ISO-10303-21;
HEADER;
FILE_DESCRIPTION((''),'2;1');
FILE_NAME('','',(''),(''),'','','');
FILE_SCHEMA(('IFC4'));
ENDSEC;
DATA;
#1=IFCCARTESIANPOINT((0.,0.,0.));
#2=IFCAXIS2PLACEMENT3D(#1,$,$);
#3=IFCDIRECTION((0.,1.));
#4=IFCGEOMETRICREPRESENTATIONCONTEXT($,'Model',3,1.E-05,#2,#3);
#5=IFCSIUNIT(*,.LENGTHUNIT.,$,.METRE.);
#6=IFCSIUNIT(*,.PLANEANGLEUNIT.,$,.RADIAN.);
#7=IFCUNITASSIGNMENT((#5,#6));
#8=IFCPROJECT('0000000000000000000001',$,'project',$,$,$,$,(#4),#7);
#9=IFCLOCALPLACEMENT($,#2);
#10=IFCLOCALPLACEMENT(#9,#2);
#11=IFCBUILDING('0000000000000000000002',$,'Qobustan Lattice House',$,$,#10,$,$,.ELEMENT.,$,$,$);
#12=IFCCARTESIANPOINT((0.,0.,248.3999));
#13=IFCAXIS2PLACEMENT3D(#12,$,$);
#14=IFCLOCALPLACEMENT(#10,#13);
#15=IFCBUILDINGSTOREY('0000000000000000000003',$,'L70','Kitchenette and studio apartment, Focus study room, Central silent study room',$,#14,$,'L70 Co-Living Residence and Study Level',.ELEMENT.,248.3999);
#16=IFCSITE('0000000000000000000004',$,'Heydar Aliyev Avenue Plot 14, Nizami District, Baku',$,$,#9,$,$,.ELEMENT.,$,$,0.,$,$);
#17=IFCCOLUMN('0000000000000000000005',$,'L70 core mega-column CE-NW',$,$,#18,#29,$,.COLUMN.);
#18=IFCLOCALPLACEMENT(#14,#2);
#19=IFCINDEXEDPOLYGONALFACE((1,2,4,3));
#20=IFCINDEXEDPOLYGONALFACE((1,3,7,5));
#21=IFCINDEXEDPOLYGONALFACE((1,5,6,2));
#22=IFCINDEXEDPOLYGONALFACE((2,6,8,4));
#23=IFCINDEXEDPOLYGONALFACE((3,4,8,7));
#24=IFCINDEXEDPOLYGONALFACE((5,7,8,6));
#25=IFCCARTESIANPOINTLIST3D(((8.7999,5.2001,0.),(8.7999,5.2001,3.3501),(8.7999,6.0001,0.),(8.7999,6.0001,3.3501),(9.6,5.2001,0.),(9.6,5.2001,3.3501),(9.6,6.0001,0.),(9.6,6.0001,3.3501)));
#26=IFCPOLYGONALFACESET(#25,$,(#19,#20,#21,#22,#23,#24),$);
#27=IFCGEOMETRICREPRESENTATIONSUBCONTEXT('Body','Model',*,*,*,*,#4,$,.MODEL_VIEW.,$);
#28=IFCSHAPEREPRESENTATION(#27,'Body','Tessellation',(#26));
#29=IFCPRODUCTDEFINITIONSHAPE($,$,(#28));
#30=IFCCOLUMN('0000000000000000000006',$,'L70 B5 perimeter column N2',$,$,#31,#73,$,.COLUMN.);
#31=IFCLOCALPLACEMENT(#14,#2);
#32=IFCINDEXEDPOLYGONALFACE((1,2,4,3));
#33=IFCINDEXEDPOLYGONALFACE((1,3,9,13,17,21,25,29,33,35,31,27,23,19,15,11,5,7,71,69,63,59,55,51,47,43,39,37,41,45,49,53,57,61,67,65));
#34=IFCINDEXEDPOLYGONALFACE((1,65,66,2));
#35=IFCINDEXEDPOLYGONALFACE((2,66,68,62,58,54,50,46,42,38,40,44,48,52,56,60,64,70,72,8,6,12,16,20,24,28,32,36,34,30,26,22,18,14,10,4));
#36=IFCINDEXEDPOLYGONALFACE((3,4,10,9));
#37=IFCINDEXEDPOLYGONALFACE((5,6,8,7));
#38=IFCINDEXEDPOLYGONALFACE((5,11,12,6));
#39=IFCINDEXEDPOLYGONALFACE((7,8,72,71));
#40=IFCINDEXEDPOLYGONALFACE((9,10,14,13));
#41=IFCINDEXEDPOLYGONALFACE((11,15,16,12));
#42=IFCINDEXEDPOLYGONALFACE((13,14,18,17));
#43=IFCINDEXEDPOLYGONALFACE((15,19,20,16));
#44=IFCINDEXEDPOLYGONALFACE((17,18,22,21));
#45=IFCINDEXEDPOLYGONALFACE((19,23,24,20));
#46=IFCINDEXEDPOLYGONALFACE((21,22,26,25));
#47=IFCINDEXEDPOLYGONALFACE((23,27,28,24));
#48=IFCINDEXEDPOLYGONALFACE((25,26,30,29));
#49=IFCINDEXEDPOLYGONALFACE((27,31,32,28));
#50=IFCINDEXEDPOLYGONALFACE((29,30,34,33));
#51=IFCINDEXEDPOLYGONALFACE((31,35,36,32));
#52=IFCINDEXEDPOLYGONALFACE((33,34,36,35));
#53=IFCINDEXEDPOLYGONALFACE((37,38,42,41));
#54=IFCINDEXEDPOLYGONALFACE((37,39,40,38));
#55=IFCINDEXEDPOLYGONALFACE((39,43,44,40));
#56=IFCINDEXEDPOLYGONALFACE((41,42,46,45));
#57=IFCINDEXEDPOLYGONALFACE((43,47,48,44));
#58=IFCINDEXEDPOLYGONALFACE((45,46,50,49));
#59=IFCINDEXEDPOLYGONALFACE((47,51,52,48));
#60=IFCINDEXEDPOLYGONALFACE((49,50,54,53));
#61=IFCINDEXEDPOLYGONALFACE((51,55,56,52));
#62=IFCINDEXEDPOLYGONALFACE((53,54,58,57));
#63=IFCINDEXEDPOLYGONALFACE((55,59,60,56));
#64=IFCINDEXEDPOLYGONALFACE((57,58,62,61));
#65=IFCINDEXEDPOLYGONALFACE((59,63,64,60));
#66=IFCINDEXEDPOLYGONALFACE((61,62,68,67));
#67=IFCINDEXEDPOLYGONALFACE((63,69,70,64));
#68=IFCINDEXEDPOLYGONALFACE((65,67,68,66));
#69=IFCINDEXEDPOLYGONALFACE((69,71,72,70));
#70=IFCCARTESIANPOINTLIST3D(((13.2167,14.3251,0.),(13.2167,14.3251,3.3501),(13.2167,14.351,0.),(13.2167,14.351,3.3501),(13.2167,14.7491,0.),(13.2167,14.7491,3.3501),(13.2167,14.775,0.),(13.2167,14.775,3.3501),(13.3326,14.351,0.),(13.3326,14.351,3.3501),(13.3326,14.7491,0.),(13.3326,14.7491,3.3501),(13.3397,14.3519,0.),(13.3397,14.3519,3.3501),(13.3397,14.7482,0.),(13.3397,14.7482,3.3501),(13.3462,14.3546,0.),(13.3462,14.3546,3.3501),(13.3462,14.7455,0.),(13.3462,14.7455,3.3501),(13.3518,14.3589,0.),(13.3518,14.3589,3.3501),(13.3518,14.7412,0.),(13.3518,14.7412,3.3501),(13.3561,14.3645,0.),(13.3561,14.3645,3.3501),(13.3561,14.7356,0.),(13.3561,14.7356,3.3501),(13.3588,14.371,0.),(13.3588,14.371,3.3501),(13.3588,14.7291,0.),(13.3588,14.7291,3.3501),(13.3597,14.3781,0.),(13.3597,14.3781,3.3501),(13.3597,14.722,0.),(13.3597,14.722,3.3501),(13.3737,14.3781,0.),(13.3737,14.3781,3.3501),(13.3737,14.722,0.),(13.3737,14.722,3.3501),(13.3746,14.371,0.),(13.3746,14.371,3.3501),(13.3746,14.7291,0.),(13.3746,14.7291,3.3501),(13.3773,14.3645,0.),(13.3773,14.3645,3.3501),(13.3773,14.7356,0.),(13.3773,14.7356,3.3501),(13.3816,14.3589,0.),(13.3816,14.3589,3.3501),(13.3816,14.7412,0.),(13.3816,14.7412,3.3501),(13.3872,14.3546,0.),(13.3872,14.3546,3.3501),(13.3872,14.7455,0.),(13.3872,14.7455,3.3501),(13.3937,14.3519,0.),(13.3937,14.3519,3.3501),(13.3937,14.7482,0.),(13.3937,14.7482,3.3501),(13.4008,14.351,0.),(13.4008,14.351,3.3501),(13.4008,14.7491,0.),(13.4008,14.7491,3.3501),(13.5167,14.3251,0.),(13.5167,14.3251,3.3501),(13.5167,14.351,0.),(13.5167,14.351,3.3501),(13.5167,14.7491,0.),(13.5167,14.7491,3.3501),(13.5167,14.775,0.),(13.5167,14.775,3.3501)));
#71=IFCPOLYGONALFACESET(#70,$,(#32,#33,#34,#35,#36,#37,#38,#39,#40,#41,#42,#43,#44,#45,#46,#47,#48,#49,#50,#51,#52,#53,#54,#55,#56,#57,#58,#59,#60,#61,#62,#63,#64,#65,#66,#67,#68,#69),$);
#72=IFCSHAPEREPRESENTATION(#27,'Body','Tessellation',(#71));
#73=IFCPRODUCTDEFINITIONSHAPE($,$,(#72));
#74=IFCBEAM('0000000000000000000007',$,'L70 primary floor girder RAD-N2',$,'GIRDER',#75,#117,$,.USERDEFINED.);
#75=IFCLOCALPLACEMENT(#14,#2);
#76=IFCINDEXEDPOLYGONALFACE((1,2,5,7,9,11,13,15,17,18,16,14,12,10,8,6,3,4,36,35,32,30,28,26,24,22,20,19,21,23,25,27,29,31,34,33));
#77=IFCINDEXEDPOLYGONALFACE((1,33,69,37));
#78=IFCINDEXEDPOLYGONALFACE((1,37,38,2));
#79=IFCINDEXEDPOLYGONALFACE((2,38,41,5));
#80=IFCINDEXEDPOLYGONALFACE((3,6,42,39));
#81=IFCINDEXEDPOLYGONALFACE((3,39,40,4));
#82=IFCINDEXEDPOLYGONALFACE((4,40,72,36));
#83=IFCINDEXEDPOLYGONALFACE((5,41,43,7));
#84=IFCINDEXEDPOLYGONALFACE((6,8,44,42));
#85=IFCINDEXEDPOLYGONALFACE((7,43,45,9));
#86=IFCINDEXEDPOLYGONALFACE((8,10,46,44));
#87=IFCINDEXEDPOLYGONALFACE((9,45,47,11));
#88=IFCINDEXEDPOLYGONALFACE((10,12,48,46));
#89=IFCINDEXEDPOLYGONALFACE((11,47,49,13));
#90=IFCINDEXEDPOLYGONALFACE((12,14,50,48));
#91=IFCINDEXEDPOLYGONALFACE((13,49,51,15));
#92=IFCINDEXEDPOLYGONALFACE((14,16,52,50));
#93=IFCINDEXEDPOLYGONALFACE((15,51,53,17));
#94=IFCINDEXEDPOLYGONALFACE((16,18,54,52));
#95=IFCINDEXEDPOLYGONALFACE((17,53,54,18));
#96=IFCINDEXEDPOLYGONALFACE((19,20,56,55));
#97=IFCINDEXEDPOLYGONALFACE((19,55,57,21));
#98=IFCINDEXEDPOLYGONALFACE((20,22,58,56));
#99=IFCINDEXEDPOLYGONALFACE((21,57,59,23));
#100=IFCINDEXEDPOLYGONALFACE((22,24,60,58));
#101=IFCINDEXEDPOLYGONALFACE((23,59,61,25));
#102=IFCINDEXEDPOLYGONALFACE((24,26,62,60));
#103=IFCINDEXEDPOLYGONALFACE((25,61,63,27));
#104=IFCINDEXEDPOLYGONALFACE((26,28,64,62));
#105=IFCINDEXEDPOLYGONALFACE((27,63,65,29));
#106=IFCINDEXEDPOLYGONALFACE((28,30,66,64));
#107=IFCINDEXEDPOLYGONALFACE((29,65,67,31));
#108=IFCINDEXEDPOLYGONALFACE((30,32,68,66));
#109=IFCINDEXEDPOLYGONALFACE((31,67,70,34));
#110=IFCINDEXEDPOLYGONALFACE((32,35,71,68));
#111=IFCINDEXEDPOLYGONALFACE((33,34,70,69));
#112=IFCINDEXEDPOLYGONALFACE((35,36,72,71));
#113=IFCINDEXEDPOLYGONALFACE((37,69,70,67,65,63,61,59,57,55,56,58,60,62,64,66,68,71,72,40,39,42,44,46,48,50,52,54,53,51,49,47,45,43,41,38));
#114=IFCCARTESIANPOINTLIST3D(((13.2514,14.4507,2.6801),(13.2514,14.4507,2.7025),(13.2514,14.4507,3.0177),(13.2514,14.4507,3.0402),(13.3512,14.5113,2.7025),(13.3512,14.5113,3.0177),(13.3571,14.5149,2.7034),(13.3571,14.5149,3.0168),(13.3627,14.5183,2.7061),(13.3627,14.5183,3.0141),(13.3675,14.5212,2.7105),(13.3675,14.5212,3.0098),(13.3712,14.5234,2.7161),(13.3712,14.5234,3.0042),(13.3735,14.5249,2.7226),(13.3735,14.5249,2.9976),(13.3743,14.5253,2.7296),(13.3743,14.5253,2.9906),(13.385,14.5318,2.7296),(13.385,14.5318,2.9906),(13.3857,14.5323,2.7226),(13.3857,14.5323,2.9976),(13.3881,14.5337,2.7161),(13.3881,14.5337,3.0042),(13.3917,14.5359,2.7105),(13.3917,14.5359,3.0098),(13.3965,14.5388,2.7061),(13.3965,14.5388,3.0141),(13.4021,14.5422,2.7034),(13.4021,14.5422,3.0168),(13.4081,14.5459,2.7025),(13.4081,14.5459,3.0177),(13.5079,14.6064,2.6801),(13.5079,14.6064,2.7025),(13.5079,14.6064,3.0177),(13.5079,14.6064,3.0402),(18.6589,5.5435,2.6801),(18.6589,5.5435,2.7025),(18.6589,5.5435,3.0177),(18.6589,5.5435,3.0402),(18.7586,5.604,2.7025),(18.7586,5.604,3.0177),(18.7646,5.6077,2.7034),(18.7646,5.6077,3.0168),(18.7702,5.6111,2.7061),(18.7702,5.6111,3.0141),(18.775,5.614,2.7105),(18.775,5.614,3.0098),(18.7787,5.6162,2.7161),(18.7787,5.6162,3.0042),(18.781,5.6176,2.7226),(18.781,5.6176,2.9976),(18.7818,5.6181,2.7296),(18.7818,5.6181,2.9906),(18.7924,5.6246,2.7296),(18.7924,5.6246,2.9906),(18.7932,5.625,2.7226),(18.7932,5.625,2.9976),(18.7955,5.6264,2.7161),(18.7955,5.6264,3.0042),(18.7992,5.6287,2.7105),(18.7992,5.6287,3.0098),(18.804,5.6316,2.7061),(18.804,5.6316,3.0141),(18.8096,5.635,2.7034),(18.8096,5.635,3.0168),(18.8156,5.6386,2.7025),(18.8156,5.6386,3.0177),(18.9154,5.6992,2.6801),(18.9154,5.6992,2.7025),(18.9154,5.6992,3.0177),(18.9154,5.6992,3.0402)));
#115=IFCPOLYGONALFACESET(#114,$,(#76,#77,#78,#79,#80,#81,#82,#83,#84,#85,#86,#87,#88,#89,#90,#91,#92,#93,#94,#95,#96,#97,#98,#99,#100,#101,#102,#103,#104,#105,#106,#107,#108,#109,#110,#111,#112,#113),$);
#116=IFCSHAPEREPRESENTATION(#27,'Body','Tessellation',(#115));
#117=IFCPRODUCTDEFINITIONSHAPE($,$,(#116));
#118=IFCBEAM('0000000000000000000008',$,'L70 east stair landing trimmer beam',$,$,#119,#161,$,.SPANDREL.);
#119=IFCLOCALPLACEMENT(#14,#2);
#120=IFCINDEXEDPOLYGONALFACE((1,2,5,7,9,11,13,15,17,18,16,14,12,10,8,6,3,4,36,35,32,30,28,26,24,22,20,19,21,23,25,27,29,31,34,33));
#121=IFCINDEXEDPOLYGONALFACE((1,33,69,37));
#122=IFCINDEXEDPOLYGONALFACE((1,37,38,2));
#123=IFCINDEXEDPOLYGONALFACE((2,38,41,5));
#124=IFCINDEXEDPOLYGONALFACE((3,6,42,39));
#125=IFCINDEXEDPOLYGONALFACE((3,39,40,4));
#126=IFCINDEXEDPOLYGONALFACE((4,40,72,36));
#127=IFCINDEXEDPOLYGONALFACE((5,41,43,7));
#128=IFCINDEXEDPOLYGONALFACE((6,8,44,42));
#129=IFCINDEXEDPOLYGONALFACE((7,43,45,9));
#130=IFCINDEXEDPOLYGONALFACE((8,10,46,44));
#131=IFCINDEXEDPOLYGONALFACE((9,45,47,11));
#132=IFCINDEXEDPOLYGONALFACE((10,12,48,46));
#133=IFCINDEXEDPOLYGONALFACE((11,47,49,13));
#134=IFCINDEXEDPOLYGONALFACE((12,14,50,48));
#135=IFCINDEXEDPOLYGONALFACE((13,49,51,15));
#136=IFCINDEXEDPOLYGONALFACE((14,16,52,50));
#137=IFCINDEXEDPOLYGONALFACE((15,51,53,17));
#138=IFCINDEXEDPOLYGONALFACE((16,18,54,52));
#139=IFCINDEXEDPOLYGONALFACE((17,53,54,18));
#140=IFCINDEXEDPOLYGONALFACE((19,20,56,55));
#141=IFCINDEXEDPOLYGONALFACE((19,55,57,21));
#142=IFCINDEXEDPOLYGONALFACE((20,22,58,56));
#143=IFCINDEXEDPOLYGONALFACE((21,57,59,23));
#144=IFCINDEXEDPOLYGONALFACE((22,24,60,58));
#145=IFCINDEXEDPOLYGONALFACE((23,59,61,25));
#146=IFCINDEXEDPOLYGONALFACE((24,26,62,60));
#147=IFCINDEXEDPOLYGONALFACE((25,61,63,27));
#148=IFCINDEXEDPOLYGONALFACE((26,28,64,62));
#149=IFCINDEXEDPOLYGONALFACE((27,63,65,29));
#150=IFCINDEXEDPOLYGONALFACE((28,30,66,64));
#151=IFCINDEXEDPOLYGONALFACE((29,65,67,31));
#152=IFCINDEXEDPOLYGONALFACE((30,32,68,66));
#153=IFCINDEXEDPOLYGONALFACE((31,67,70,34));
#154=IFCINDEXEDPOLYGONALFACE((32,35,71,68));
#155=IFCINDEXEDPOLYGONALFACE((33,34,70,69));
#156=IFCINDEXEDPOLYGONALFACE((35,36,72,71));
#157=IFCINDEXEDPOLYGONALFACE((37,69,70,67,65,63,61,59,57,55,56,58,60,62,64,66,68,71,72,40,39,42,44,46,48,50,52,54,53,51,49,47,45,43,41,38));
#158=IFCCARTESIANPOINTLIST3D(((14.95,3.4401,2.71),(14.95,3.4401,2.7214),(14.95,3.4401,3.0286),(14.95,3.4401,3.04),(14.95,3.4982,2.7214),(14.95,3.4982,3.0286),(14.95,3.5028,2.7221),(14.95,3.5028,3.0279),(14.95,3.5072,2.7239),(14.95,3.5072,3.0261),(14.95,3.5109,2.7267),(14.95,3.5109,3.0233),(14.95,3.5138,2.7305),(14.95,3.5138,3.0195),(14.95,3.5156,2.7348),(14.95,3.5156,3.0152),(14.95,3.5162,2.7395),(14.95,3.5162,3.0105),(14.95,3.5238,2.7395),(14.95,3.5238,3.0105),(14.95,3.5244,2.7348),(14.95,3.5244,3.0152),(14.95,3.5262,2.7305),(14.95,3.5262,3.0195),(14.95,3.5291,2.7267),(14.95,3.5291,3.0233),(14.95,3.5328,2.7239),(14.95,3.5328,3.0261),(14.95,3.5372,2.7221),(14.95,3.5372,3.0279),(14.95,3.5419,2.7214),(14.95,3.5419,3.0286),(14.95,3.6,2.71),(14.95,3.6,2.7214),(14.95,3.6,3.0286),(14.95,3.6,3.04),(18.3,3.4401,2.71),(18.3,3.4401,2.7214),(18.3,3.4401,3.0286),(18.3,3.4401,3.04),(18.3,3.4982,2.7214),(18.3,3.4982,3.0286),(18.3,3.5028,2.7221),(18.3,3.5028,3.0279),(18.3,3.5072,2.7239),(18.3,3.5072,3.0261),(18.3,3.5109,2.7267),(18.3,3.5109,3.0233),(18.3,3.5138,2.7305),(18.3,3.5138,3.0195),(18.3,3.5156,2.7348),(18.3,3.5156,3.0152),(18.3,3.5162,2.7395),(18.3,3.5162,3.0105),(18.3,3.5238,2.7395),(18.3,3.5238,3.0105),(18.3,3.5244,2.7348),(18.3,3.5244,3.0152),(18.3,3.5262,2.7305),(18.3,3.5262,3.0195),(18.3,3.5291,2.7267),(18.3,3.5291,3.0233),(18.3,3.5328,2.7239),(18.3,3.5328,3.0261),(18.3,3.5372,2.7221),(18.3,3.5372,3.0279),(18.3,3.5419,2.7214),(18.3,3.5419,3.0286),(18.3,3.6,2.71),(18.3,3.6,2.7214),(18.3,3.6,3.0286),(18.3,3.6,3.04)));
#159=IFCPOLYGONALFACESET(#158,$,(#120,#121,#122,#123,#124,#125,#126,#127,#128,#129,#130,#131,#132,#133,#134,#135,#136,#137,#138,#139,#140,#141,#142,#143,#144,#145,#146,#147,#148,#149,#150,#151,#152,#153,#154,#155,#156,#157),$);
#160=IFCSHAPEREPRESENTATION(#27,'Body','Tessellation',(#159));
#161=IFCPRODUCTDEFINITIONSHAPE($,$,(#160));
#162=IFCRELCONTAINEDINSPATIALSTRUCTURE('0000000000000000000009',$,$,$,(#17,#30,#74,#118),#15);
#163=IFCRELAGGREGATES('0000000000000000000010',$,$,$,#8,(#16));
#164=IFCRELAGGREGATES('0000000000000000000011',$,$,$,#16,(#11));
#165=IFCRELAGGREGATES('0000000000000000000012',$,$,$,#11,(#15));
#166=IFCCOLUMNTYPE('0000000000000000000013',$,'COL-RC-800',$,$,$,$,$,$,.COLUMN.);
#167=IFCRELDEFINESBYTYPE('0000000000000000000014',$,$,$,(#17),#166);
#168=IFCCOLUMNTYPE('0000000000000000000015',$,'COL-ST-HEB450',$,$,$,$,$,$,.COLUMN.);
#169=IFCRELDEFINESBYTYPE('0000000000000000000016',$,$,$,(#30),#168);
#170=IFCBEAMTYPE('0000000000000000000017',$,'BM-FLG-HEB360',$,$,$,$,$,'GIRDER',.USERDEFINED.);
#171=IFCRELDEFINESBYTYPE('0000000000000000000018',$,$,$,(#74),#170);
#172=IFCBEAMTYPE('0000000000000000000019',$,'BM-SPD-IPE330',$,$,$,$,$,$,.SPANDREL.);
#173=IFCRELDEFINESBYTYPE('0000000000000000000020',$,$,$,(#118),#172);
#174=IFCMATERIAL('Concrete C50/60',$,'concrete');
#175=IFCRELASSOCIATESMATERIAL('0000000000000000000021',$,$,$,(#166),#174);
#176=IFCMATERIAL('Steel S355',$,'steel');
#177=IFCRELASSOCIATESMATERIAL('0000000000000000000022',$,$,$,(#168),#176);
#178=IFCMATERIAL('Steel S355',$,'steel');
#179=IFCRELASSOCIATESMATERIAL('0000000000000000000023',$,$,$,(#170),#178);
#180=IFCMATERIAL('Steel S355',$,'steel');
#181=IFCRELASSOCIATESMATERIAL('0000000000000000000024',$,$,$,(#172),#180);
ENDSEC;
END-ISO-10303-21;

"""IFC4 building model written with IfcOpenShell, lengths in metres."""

from ifc_helpers import new_model, si_unit, direction, frame, origin, origin_2d, place, context, subcontext, project, spatial, rectangle, i_section, extrude, material, material_profile, profile_set, type_object, element, save


model = new_model("IFC4")

# Units and contexts
model_context = context("Model", 3, precision=1e-05, world=origin(), true_north=direction((0.0, 1.0)))
body_context = subcontext(model_context, "Body", "Model", "MODEL_VIEW")
ifc_project = project(units=[si_unit("LENGTHUNIT", "METRE"), si_unit("PLANEANGLEUNIT", "RADIAN")], contexts=[model_context])

# Site, building, storey
site_placement = place(None, origin())
site = spatial("IfcSite", under=ifc_project, at=site_placement, Name="Heydar Aliyev Avenue Plot 14, Nizami District, Baku", CompositionType="ELEMENT", RefElevation=0.0)
building_placement = place(site_placement, origin())
building = spatial("IfcBuilding", under=site, at=building_placement, Name="Qobustan Lattice House", CompositionType="ELEMENT")
storey_placement = place(building_placement, frame((0.0, 0.0, 248.3999)))
storey = spatial("IfcBuildingStorey", under=building, at=storey_placement, Name="L70", Description="Kitchenette and studio apartment, Focus study room, Central silent study room", LongName="L70 Co-Living Residence and Study Level", CompositionType="ELEMENT", Elevation=248.3999)

# Columns
ifc_material_1 = material(Name="Concrete C50/60", Category="concrete")
ifc_material_profile_1 = material_profile(ifc_material_1, rectangle(XDim=0.8, YDim=0.8, at=origin_2d()), Name="RC800x800")
ifc_profile_set_1 = profile_set([ifc_material_profile_1], Name="Concrete C50/60")
column_type_1 = type_object("IfcColumnType", Name="COL-RC-800", PredefinedType="COLUMN", material=ifc_profile_set_1)
column_1_placement = place(storey_placement, frame((9.2, 5.6001, 0.0), z_axis=(0.0, 0.0, 1.0), x_axis=(1.0, 0.0, 0.0)))
element("IfcColumn", 1, at=column_1_placement, inside=storey, type_object=column_type_1, Name="L70 core mega-column CE-NW", PredefinedType="COLUMN", context=body_context, shape_type="SweptSolid", body=[
    extrude(rectangle(XDim=0.8, YDim=0.8, at=origin_2d()), origin(), (0.0, 0.0, 1.0), 3.3501),
])
ifc_material_2 = material(Name="Steel S355", Category="steel")
ifc_material_profile_2 = material_profile(ifc_material_2, i_section(OverallWidth=0.3, OverallDepth=0.45, WebThickness=0.0139, FlangeThickness=0.0259, FilletRadius=0.0271, at=origin_2d()), Name="HEB450")
ifc_profile_set_2 = profile_set([ifc_material_profile_2], Name="Steel S355")
column_type_2 = type_object("IfcColumnType", Name="COL-ST-HEB450", PredefinedType="COLUMN", material=ifc_profile_set_2)
column_2_placement = place(storey_placement, frame((13.3667, 14.55, 0.0), z_axis=(0.0, 0.0, 1.0), x_axis=(1.0, 0.0, 0.0)))
element("IfcColumn", 2, at=column_2_placement, inside=storey, type_object=column_type_2, Name="L70 B5 perimeter column N2", PredefinedType="COLUMN", context=body_context, shape_type="SweptSolid", body=[
    extrude(i_section(OverallWidth=0.3, OverallDepth=0.45, WebThickness=0.0139, FlangeThickness=0.0259, FilletRadius=0.0271, at=origin_2d()), origin(), (0.0, 0.0, 1.0), 3.3501),
])

# Beams
ifc_material_3 = material(Name="Steel S355", Category="steel")
ifc_material_profile_3 = material_profile(ifc_material_3, i_section(OverallWidth=0.3, OverallDepth=0.3601, WebThickness=0.0125, FlangeThickness=0.0225, FilletRadius=0.0271, at=origin_2d()), Name="HEB360")
ifc_profile_set_3 = profile_set([ifc_material_profile_3], Name="Steel S355")
beam_type_1 = type_object("IfcBeamType", Name="BM-FLG-HEB360", ElementType="GIRDER", PredefinedType="USERDEFINED", material=ifc_profile_set_3)
beam_1_placement = place(storey_placement, frame((13.3796, 14.5286, 2.8601), z_axis=(0.518944, -0.854808, 0.0), x_axis=(0.854808, 0.518944, 0.0)))
element("IfcBeam", 3, at=beam_1_placement, inside=storey, type_object=beam_type_1, Name="L70 primary floor girder RAD-N2", ObjectType="GIRDER", PredefinedType="USERDEFINED", context=body_context, shape_type="SweptSolid", body=[
    extrude(i_section(OverallWidth=0.3, OverallDepth=0.3601, WebThickness=0.0125, FlangeThickness=0.0225, FilletRadius=0.0271, at=origin_2d()), origin(), (0.0, 0.0, 1.0), 10.4202),
])
ifc_material_4 = material(Name="Steel S355", Category="steel")
ifc_material_profile_4 = material_profile(ifc_material_4, i_section(OverallWidth=0.1599, OverallDepth=0.3301, WebThickness=0.0076, FlangeThickness=0.0115, FilletRadius=0.0181, at=origin_2d()), Name="IPE330")
ifc_profile_set_4 = profile_set([ifc_material_profile_4], Name="Steel S355")
beam_type_2 = type_object("IfcBeamType", Name="BM-SPD-IPE330", PredefinedType="SPANDREL", material=ifc_profile_set_4)
beam_2_placement = place(storey_placement, frame((14.95, 3.52, 2.875), z_axis=(1.0, 0.0, 0.0), x_axis=(0.0, 1.0, 0.0)))
element("IfcBeam", 4, at=beam_2_placement, inside=storey, type_object=beam_type_2, Name="L70 east stair landing trimmer beam", PredefinedType="SPANDREL", context=body_context, shape_type="SweptSolid", body=[
    extrude(i_section(OverallWidth=0.1599, OverallDepth=0.3301, WebThickness=0.0076, FlangeThickness=0.0115, FilletRadius=0.0181, at=origin_2d()), origin(), (0.0, 0.0, 1.0), 3.3501),
])

save(model, "model.ifc")
